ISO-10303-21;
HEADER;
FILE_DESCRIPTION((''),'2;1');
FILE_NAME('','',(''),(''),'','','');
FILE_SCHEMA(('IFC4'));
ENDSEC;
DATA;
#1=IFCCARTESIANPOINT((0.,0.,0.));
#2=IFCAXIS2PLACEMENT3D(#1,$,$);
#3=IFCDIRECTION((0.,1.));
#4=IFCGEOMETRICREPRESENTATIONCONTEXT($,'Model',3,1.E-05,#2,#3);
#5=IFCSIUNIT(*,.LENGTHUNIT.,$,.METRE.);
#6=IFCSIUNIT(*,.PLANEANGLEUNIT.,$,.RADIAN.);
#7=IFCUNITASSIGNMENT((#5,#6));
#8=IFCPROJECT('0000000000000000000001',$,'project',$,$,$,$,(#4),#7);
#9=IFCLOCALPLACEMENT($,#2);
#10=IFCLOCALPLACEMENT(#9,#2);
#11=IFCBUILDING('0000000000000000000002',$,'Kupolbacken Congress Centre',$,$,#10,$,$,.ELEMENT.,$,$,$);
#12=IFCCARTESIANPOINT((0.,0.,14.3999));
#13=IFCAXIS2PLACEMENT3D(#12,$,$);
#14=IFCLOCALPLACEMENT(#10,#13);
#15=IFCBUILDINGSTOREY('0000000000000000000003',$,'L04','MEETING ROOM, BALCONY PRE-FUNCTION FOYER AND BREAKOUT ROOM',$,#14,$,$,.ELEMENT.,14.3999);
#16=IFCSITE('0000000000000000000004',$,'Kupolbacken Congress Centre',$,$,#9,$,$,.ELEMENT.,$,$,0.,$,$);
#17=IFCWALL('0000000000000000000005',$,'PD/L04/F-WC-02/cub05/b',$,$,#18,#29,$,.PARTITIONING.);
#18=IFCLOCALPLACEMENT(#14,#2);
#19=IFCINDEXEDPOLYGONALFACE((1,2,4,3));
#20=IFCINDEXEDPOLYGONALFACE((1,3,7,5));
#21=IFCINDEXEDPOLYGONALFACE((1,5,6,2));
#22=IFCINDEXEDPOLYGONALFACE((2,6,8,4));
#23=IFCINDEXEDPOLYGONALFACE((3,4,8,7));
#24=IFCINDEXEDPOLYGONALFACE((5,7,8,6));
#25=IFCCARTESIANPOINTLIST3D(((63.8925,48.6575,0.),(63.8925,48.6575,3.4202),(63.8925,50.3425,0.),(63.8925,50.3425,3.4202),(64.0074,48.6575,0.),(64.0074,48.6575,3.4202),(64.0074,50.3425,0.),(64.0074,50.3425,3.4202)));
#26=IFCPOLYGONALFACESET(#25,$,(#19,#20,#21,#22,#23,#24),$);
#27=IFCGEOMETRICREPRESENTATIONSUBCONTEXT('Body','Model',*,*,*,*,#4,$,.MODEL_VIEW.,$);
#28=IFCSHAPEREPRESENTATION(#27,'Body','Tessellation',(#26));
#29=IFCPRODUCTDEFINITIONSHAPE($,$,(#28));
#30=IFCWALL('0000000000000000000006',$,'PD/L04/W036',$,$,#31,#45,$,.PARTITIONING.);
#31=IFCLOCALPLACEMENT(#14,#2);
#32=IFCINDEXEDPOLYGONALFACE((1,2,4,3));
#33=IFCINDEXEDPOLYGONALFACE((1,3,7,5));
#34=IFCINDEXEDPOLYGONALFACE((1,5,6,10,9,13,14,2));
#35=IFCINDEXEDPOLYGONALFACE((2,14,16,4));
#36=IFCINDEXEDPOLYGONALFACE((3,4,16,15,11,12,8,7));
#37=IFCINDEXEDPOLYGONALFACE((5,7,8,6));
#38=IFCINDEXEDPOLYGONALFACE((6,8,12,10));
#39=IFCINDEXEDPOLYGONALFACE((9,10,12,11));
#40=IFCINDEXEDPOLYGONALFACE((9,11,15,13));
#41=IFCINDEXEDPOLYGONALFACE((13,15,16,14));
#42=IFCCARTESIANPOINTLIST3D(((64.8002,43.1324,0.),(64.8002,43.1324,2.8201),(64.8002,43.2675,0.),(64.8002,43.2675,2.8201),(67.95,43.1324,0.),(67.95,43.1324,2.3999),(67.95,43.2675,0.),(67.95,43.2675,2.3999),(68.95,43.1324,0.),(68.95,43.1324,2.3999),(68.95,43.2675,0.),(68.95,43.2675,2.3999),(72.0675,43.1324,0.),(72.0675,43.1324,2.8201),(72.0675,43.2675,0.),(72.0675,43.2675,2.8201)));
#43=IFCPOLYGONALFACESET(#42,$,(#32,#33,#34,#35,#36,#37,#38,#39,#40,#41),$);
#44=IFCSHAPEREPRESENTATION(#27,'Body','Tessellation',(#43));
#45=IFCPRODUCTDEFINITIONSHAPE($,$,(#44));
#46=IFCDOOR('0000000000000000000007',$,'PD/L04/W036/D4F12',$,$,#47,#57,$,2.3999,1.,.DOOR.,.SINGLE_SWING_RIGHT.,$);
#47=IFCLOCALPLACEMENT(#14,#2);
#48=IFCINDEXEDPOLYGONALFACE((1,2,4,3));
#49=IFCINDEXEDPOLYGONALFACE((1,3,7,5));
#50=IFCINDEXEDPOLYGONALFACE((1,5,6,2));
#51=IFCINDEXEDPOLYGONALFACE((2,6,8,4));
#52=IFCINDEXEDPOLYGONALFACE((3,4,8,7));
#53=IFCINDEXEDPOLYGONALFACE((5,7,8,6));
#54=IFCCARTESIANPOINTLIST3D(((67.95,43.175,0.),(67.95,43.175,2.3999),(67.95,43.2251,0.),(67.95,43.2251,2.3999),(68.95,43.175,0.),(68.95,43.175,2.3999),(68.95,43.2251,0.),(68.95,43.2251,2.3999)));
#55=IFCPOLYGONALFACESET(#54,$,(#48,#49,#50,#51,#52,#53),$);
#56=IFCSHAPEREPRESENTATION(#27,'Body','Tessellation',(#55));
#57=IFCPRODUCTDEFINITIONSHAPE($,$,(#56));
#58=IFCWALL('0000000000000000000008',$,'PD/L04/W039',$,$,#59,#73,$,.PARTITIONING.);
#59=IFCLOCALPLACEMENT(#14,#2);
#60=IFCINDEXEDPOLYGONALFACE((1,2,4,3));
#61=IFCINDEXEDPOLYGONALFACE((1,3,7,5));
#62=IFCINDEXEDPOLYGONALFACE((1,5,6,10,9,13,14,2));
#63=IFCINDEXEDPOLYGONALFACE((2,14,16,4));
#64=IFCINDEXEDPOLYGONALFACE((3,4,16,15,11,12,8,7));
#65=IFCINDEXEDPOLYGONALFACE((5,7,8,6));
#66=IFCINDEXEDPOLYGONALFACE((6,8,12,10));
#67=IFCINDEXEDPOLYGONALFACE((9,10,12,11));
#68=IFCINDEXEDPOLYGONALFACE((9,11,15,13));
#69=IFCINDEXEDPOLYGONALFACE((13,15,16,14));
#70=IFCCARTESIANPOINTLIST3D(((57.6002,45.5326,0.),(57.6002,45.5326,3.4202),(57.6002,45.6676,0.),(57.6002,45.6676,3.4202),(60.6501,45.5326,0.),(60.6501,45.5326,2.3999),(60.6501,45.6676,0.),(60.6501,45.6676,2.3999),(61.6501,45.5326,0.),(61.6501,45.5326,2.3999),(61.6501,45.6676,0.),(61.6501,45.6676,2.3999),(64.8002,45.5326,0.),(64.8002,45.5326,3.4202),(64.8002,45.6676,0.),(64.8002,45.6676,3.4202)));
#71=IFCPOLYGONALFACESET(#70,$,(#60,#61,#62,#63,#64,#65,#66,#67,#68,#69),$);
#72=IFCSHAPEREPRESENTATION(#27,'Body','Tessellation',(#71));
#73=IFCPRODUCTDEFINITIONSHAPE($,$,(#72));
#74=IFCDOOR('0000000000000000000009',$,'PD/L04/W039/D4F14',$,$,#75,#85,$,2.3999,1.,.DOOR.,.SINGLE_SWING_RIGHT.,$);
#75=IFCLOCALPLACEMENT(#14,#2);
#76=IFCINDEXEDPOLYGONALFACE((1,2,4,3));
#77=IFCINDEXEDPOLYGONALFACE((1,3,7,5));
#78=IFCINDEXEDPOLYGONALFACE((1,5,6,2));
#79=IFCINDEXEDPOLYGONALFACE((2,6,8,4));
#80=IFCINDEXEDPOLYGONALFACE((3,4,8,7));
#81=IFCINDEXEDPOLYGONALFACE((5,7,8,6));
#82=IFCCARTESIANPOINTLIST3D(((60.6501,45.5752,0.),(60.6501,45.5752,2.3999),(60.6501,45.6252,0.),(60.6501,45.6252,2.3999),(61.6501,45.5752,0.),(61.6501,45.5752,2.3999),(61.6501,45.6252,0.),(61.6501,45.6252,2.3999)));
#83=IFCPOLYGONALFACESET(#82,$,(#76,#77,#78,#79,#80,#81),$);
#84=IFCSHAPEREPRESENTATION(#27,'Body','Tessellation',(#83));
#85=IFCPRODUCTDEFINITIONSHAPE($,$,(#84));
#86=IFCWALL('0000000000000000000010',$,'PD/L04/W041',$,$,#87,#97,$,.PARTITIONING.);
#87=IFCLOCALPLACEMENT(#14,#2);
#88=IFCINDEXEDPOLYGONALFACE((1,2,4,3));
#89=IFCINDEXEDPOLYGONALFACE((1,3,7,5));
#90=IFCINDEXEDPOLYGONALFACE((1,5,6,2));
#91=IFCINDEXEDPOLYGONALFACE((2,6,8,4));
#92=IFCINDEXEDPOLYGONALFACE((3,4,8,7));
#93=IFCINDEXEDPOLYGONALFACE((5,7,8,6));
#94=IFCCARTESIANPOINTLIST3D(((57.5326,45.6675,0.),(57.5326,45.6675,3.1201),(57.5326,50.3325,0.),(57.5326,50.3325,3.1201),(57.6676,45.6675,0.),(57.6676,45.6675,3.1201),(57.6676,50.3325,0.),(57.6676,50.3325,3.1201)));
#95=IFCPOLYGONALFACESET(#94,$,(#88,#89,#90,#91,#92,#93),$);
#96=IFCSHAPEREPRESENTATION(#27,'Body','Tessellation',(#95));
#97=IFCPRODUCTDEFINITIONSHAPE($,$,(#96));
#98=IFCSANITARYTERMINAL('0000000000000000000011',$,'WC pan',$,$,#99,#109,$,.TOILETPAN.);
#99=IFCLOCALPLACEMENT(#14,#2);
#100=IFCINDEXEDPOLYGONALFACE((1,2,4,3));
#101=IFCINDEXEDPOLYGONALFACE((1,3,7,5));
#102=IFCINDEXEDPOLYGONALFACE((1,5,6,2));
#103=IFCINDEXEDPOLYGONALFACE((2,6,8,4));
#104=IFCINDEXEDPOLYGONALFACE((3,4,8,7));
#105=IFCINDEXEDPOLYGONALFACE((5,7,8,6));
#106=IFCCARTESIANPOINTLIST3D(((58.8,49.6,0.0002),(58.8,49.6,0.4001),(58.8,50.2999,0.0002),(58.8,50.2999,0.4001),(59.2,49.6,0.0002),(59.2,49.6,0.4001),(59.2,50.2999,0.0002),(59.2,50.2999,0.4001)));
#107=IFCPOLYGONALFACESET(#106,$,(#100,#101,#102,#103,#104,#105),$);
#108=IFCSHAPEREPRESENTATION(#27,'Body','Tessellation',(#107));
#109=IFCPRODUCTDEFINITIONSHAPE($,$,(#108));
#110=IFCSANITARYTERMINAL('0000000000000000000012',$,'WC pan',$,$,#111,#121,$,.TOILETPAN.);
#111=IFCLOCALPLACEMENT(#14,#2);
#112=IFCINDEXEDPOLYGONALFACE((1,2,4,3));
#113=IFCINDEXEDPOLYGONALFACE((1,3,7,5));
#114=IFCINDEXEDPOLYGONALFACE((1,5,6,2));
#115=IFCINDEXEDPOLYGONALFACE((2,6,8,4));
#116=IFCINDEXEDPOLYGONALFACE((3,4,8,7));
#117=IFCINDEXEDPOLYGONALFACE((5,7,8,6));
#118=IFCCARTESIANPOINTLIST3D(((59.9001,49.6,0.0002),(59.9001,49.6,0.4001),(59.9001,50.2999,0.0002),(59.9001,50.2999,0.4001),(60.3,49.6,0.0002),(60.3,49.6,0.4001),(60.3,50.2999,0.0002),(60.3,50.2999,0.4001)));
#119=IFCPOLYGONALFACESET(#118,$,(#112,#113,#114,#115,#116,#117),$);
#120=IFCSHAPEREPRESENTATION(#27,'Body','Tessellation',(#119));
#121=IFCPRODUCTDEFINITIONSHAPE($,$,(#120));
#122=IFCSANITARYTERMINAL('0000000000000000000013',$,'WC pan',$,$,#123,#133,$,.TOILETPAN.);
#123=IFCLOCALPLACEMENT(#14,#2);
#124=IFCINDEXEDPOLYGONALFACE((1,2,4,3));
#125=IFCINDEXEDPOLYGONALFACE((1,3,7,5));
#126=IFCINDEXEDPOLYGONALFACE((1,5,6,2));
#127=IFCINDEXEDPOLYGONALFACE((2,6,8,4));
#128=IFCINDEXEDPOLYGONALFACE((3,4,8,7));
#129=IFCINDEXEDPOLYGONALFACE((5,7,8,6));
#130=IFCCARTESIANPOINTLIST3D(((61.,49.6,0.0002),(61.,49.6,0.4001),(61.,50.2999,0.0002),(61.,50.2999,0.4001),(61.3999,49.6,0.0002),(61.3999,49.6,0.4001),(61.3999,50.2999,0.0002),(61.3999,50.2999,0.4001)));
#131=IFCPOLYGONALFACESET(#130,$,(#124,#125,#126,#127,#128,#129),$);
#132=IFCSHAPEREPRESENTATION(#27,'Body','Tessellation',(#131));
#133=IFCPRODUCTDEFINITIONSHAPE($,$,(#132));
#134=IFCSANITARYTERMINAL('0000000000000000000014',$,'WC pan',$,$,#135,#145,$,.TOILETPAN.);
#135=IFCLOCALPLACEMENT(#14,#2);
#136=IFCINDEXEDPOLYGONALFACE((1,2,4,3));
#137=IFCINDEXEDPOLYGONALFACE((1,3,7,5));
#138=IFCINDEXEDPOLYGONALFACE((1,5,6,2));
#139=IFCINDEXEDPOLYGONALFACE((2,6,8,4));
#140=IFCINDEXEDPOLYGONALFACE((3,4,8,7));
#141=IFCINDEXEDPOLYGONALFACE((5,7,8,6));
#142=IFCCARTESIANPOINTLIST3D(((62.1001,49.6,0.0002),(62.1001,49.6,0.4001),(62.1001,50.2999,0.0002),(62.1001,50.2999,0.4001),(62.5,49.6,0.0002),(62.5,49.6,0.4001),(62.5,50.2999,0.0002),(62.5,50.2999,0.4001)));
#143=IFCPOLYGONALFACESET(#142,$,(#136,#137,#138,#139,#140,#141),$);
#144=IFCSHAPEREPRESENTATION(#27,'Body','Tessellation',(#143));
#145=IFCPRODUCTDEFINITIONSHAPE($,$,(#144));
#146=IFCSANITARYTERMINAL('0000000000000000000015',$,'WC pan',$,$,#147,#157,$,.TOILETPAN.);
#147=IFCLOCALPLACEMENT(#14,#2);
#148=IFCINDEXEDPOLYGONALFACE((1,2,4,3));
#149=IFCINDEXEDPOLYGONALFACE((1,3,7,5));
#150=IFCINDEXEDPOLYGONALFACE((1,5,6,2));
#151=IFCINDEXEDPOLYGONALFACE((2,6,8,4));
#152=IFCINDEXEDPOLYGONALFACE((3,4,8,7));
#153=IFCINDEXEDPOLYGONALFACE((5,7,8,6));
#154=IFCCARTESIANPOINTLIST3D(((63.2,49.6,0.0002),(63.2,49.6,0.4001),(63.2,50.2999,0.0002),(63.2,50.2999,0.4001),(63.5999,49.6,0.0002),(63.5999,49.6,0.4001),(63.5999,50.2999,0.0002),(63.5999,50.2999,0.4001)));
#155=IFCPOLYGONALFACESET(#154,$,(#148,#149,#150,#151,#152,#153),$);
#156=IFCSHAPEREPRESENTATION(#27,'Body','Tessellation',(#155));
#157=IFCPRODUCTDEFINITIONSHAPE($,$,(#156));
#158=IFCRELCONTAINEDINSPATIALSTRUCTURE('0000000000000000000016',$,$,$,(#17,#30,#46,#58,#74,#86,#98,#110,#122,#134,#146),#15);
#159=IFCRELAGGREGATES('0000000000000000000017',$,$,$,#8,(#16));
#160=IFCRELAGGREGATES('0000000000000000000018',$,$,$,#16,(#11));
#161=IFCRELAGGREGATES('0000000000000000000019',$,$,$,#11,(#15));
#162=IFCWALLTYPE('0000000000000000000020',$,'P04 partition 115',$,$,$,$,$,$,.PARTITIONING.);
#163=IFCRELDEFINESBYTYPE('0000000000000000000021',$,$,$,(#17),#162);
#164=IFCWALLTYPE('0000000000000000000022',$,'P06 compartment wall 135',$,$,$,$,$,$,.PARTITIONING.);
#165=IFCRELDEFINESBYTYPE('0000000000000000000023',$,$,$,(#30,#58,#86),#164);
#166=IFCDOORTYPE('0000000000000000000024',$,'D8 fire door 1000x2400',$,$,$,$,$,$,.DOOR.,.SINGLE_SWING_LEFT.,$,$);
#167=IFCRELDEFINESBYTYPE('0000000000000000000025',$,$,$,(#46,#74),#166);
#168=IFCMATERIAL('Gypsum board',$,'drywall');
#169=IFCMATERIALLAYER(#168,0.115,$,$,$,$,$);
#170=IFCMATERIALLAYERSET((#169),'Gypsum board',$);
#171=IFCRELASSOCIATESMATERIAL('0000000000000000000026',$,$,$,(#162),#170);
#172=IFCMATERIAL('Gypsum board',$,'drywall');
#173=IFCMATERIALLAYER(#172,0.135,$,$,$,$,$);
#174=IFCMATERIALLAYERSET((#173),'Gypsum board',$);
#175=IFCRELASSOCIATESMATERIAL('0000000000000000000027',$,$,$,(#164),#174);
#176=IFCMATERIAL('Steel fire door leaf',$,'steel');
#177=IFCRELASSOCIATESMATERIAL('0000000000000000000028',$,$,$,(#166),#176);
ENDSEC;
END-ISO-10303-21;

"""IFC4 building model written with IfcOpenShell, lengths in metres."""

from ifc_helpers import new_model, si_unit, direction, frame, frame_2d, origin, origin_2d, place, context, subcontext, project, spatial, rectangle, extrude, material, layer, layer_set, type_object, element, fill, save


model = new_model("IFC4")

# Units and contexts
model_context = context("Model", 3, precision=1e-05, world=origin(), true_north=direction((0.0, 1.0)))
body_context = subcontext(model_context, "Body", "Model", "MODEL_VIEW")
ifc_project = project(units=[si_unit("LENGTHUNIT", "METRE"), si_unit("PLANEANGLEUNIT", "RADIAN")], contexts=[model_context])

# Site, building, storey
site_placement = place(None, origin())
site = spatial("IfcSite", under=ifc_project, at=site_placement, Name="Kupolbacken Congress Centre", CompositionType="ELEMENT", RefElevation=0.0)
building_placement = place(site_placement, origin())
building = spatial("IfcBuilding", under=site, at=building_placement, Name="Kupolbacken Congress Centre", CompositionType="ELEMENT")
storey_placement = place(building_placement, frame((0.0, 0.0, 14.3999)))
storey = spatial("IfcBuildingStorey", under=building, at=storey_placement, Name="L04", Description="MEETING ROOM, BALCONY PRE-FUNCTION FOYER AND BREAKOUT ROOM", CompositionType="ELEMENT", Elevation=14.3999)

# Shared definitions
ifc_material_1 = material(Name="Gypsum board", Category="drywall")
ifc_layer_1 = layer(ifc_material_1, 0.115)
ifc_layer_set_1 = layer_set([ifc_layer_1], Name="Gypsum board")
wall_type_1 = type_object("IfcWallType", Name="P04 partition 115", PredefinedType="PARTITIONING", material=ifc_layer_set_1)

# Wall
for number, where, z_axis, x_axis, name in (
    (1, (63.95, 50.3425, 0.0), (0.0, 0.0, 1.0), (0.0, -1.0, 0.0), "PD/L04/F-WC-02/cub05/b"),
):
    element("IfcWall", number, at=place(storey_placement, frame(where, z_axis=z_axis, x_axis=x_axis)), inside=storey, type_object=wall_type_1, Name=name, PredefinedType="PARTITIONING", context=body_context, shape_type="SweptSolid", body=[
        extrude(rectangle(XDim=1.6851, YDim=0.115, at=frame_2d((0.8425, 0.0))), origin(), (0.0, 0.0, 1.0), 3.4202),
    ])

# Walls, openings, doors
ifc_material_2 = material(Name="Gypsum board", Category="drywall")
ifc_layer_2 = layer(ifc_material_2, 0.135)
ifc_layer_set_2 = layer_set([ifc_layer_2], Name="Gypsum board")
wall_type_2 = type_object("IfcWallType", Name="P06 compartment wall 135", PredefinedType="PARTITIONING", material=ifc_layer_set_2)
wall_1_placement = place(storey_placement, frame((64.8, 43.2, 0.0), z_axis=(0.0, 0.0, 1.0), x_axis=(1.0, 0.0, 0.0)))
wall_1 = element("IfcWall", 2, at=wall_1_placement, inside=storey, type_object=wall_type_2, Name="PD/L04/W036", PredefinedType="PARTITIONING", context=body_context, shape_type="SweptSolid", body=[
    extrude(rectangle(XDim=7.2673, YDim=0.135, at=frame_2d((3.6338, 0.0))), origin(), (0.0, 0.0, 1.0), 2.8201),
])
opening_1_placement = place(wall_1_placement, frame((3.1499, 0.0, 0.0)))
opening_1 = element("IfcOpeningElement", 3, at=opening_1_placement, cuts=wall_1, PredefinedType="OPENING", context=body_context, shape_type="SweptSolid", body=[
    extrude(rectangle(XDim=1.0, YDim=2.3999, at=frame_2d((0.5, 1.2))), frame((0.0, 0.0774, 0.0), z_axis=(0.0, -1.0, 0.0), x_axis=(1.0, 0.0, 0.0)), (0.0, 0.0, 1.0), 0.155),
])
ifc_material_3 = material(Name="Steel fire door leaf", Category="steel")
door_type_1 = type_object("IfcDoorType", Name="D8 fire door 1000x2400", OperationType="SINGLE_SWING_LEFT", PredefinedType="DOOR", material=ifc_material_3)
door_1_placement = place(opening_1_placement, frame((1.0, 0.0, 0.0), z_axis=(0.0, 0.0, 1.0), x_axis=(-1.0, 0.0, 0.0)))
door_1 = element("IfcDoor", 4, at=door_1_placement, inside=storey, type_object=door_type_1, Name="PD/L04/W036/D4F12", OperationType="SINGLE_SWING_RIGHT", OverallHeight=2.3999, OverallWidth=1.0, PredefinedType="DOOR", context=body_context, shape_type="SweptSolid", body=[
    extrude(rectangle(XDim=1.0, YDim=2.3999, at=frame_2d((0.5, 1.2))), frame((0.0, 0.0249, 0.0), z_axis=(0.0, -1.0, 0.0), x_axis=(1.0, 0.0, 0.0)), (0.0, 0.0, 1.0), 0.05),
])
fill(opening_1, door_1)
wall_2_placement = place(storey_placement, frame((57.6001, 45.6001, 0.0), z_axis=(0.0, 0.0, 1.0), x_axis=(1.0, 0.0, 0.0)))
wall_2 = element("IfcWall", 5, at=wall_2_placement, inside=storey, type_object=wall_type_2, Name="PD/L04/W039", PredefinedType="PARTITIONING", context=body_context, shape_type="SweptSolid", body=[
    extrude(rectangle(XDim=7.2, YDim=0.135, at=frame_2d((3.6001, 0.0))), origin(), (0.0, 0.0, 1.0), 3.4202),
])
opening_2_placement = place(wall_2_placement, frame((3.05, 0.0, 0.0)))
opening_2 = element("IfcOpeningElement", 6, at=opening_2_placement, cuts=wall_2, PredefinedType="OPENING", context=body_context, shape_type="SweptSolid", body=[
    extrude(rectangle(XDim=1.0, YDim=2.3999, at=frame_2d((0.5, 1.2))), frame((0.0, 0.0774, 0.0), z_axis=(0.0, -1.0, 0.0), x_axis=(1.0, 0.0, 0.0)), (0.0, 0.0, 1.0), 0.155),
])
door_2_placement = place(opening_2_placement, frame((1.0, 0.0, 0.0), z_axis=(0.0, 0.0, 1.0), x_axis=(-1.0, 0.0, 0.0)))
door_2 = element("IfcDoor", 7, at=door_2_placement, inside=storey, type_object=door_type_1, Name="PD/L04/W039/D4F14", OperationType="SINGLE_SWING_RIGHT", OverallHeight=2.3999, OverallWidth=1.0, PredefinedType="DOOR", context=body_context, shape_type="SweptSolid", body=[
    extrude(rectangle(XDim=1.0, YDim=2.3999, at=frame_2d((0.5, 1.2))), frame((0.0, 0.0249, 0.0), z_axis=(0.0, -1.0, 0.0), x_axis=(1.0, 0.0, 0.0)), (0.0, 0.0, 1.0), 0.05),
])
fill(opening_2, door_2)

# Wall
wall_3_placement = place(storey_placement, frame((57.6001, 50.3325, 0.0), z_axis=(0.0, 0.0, 1.0), x_axis=(0.0, -1.0, 0.0)))
element("IfcWall", 8, at=wall_3_placement, inside=storey, type_object=wall_type_2, Name="PD/L04/W041", PredefinedType="PARTITIONING", context=body_context, shape_type="SweptSolid", body=[
    extrude(rectangle(XDim=4.665, YDim=0.135, at=frame_2d((2.3325, 0.0))), origin(), (0.0, 0.0, 1.0), 3.1201),
])

# Sanitary terminals
for number, where, z_axis, x_axis, name in (
    (9, (59.0, 49.95, 0.0002), (0.0, 0.0, 1.0), (1.0, 0.0, 0.0), "WC pan"),
    (10, (60.1001, 49.95, 0.0002), (0.0, 0.0, 1.0), (1.0, 0.0, 0.0), "WC pan"),
    (11, (61.2, 49.95, 0.0002), (0.0, 0.0, 1.0), (1.0, 0.0, 0.0), "WC pan"),
    (12, (62.3, 49.95, 0.0002), (0.0, 0.0, 1.0), (1.0, 0.0, 0.0), "WC pan"),
    (13, (63.3999, 49.95, 0.0002), (0.0, 0.0, 1.0), (1.0, 0.0, 0.0), "WC pan"),
):
    element("IfcSanitaryTerminal", number, at=place(storey_placement, frame(where, z_axis=z_axis, x_axis=x_axis)), inside=storey, Name=name, PredefinedType="TOILETPAN", context=body_context, shape_type="SweptSolid", body=[
        extrude(rectangle(XDim=0.3999, YDim=0.7, at=origin_2d()), origin(), (0.0, 0.0, 1.0), 0.3999),
    ])

save(model, "model.ifc")
